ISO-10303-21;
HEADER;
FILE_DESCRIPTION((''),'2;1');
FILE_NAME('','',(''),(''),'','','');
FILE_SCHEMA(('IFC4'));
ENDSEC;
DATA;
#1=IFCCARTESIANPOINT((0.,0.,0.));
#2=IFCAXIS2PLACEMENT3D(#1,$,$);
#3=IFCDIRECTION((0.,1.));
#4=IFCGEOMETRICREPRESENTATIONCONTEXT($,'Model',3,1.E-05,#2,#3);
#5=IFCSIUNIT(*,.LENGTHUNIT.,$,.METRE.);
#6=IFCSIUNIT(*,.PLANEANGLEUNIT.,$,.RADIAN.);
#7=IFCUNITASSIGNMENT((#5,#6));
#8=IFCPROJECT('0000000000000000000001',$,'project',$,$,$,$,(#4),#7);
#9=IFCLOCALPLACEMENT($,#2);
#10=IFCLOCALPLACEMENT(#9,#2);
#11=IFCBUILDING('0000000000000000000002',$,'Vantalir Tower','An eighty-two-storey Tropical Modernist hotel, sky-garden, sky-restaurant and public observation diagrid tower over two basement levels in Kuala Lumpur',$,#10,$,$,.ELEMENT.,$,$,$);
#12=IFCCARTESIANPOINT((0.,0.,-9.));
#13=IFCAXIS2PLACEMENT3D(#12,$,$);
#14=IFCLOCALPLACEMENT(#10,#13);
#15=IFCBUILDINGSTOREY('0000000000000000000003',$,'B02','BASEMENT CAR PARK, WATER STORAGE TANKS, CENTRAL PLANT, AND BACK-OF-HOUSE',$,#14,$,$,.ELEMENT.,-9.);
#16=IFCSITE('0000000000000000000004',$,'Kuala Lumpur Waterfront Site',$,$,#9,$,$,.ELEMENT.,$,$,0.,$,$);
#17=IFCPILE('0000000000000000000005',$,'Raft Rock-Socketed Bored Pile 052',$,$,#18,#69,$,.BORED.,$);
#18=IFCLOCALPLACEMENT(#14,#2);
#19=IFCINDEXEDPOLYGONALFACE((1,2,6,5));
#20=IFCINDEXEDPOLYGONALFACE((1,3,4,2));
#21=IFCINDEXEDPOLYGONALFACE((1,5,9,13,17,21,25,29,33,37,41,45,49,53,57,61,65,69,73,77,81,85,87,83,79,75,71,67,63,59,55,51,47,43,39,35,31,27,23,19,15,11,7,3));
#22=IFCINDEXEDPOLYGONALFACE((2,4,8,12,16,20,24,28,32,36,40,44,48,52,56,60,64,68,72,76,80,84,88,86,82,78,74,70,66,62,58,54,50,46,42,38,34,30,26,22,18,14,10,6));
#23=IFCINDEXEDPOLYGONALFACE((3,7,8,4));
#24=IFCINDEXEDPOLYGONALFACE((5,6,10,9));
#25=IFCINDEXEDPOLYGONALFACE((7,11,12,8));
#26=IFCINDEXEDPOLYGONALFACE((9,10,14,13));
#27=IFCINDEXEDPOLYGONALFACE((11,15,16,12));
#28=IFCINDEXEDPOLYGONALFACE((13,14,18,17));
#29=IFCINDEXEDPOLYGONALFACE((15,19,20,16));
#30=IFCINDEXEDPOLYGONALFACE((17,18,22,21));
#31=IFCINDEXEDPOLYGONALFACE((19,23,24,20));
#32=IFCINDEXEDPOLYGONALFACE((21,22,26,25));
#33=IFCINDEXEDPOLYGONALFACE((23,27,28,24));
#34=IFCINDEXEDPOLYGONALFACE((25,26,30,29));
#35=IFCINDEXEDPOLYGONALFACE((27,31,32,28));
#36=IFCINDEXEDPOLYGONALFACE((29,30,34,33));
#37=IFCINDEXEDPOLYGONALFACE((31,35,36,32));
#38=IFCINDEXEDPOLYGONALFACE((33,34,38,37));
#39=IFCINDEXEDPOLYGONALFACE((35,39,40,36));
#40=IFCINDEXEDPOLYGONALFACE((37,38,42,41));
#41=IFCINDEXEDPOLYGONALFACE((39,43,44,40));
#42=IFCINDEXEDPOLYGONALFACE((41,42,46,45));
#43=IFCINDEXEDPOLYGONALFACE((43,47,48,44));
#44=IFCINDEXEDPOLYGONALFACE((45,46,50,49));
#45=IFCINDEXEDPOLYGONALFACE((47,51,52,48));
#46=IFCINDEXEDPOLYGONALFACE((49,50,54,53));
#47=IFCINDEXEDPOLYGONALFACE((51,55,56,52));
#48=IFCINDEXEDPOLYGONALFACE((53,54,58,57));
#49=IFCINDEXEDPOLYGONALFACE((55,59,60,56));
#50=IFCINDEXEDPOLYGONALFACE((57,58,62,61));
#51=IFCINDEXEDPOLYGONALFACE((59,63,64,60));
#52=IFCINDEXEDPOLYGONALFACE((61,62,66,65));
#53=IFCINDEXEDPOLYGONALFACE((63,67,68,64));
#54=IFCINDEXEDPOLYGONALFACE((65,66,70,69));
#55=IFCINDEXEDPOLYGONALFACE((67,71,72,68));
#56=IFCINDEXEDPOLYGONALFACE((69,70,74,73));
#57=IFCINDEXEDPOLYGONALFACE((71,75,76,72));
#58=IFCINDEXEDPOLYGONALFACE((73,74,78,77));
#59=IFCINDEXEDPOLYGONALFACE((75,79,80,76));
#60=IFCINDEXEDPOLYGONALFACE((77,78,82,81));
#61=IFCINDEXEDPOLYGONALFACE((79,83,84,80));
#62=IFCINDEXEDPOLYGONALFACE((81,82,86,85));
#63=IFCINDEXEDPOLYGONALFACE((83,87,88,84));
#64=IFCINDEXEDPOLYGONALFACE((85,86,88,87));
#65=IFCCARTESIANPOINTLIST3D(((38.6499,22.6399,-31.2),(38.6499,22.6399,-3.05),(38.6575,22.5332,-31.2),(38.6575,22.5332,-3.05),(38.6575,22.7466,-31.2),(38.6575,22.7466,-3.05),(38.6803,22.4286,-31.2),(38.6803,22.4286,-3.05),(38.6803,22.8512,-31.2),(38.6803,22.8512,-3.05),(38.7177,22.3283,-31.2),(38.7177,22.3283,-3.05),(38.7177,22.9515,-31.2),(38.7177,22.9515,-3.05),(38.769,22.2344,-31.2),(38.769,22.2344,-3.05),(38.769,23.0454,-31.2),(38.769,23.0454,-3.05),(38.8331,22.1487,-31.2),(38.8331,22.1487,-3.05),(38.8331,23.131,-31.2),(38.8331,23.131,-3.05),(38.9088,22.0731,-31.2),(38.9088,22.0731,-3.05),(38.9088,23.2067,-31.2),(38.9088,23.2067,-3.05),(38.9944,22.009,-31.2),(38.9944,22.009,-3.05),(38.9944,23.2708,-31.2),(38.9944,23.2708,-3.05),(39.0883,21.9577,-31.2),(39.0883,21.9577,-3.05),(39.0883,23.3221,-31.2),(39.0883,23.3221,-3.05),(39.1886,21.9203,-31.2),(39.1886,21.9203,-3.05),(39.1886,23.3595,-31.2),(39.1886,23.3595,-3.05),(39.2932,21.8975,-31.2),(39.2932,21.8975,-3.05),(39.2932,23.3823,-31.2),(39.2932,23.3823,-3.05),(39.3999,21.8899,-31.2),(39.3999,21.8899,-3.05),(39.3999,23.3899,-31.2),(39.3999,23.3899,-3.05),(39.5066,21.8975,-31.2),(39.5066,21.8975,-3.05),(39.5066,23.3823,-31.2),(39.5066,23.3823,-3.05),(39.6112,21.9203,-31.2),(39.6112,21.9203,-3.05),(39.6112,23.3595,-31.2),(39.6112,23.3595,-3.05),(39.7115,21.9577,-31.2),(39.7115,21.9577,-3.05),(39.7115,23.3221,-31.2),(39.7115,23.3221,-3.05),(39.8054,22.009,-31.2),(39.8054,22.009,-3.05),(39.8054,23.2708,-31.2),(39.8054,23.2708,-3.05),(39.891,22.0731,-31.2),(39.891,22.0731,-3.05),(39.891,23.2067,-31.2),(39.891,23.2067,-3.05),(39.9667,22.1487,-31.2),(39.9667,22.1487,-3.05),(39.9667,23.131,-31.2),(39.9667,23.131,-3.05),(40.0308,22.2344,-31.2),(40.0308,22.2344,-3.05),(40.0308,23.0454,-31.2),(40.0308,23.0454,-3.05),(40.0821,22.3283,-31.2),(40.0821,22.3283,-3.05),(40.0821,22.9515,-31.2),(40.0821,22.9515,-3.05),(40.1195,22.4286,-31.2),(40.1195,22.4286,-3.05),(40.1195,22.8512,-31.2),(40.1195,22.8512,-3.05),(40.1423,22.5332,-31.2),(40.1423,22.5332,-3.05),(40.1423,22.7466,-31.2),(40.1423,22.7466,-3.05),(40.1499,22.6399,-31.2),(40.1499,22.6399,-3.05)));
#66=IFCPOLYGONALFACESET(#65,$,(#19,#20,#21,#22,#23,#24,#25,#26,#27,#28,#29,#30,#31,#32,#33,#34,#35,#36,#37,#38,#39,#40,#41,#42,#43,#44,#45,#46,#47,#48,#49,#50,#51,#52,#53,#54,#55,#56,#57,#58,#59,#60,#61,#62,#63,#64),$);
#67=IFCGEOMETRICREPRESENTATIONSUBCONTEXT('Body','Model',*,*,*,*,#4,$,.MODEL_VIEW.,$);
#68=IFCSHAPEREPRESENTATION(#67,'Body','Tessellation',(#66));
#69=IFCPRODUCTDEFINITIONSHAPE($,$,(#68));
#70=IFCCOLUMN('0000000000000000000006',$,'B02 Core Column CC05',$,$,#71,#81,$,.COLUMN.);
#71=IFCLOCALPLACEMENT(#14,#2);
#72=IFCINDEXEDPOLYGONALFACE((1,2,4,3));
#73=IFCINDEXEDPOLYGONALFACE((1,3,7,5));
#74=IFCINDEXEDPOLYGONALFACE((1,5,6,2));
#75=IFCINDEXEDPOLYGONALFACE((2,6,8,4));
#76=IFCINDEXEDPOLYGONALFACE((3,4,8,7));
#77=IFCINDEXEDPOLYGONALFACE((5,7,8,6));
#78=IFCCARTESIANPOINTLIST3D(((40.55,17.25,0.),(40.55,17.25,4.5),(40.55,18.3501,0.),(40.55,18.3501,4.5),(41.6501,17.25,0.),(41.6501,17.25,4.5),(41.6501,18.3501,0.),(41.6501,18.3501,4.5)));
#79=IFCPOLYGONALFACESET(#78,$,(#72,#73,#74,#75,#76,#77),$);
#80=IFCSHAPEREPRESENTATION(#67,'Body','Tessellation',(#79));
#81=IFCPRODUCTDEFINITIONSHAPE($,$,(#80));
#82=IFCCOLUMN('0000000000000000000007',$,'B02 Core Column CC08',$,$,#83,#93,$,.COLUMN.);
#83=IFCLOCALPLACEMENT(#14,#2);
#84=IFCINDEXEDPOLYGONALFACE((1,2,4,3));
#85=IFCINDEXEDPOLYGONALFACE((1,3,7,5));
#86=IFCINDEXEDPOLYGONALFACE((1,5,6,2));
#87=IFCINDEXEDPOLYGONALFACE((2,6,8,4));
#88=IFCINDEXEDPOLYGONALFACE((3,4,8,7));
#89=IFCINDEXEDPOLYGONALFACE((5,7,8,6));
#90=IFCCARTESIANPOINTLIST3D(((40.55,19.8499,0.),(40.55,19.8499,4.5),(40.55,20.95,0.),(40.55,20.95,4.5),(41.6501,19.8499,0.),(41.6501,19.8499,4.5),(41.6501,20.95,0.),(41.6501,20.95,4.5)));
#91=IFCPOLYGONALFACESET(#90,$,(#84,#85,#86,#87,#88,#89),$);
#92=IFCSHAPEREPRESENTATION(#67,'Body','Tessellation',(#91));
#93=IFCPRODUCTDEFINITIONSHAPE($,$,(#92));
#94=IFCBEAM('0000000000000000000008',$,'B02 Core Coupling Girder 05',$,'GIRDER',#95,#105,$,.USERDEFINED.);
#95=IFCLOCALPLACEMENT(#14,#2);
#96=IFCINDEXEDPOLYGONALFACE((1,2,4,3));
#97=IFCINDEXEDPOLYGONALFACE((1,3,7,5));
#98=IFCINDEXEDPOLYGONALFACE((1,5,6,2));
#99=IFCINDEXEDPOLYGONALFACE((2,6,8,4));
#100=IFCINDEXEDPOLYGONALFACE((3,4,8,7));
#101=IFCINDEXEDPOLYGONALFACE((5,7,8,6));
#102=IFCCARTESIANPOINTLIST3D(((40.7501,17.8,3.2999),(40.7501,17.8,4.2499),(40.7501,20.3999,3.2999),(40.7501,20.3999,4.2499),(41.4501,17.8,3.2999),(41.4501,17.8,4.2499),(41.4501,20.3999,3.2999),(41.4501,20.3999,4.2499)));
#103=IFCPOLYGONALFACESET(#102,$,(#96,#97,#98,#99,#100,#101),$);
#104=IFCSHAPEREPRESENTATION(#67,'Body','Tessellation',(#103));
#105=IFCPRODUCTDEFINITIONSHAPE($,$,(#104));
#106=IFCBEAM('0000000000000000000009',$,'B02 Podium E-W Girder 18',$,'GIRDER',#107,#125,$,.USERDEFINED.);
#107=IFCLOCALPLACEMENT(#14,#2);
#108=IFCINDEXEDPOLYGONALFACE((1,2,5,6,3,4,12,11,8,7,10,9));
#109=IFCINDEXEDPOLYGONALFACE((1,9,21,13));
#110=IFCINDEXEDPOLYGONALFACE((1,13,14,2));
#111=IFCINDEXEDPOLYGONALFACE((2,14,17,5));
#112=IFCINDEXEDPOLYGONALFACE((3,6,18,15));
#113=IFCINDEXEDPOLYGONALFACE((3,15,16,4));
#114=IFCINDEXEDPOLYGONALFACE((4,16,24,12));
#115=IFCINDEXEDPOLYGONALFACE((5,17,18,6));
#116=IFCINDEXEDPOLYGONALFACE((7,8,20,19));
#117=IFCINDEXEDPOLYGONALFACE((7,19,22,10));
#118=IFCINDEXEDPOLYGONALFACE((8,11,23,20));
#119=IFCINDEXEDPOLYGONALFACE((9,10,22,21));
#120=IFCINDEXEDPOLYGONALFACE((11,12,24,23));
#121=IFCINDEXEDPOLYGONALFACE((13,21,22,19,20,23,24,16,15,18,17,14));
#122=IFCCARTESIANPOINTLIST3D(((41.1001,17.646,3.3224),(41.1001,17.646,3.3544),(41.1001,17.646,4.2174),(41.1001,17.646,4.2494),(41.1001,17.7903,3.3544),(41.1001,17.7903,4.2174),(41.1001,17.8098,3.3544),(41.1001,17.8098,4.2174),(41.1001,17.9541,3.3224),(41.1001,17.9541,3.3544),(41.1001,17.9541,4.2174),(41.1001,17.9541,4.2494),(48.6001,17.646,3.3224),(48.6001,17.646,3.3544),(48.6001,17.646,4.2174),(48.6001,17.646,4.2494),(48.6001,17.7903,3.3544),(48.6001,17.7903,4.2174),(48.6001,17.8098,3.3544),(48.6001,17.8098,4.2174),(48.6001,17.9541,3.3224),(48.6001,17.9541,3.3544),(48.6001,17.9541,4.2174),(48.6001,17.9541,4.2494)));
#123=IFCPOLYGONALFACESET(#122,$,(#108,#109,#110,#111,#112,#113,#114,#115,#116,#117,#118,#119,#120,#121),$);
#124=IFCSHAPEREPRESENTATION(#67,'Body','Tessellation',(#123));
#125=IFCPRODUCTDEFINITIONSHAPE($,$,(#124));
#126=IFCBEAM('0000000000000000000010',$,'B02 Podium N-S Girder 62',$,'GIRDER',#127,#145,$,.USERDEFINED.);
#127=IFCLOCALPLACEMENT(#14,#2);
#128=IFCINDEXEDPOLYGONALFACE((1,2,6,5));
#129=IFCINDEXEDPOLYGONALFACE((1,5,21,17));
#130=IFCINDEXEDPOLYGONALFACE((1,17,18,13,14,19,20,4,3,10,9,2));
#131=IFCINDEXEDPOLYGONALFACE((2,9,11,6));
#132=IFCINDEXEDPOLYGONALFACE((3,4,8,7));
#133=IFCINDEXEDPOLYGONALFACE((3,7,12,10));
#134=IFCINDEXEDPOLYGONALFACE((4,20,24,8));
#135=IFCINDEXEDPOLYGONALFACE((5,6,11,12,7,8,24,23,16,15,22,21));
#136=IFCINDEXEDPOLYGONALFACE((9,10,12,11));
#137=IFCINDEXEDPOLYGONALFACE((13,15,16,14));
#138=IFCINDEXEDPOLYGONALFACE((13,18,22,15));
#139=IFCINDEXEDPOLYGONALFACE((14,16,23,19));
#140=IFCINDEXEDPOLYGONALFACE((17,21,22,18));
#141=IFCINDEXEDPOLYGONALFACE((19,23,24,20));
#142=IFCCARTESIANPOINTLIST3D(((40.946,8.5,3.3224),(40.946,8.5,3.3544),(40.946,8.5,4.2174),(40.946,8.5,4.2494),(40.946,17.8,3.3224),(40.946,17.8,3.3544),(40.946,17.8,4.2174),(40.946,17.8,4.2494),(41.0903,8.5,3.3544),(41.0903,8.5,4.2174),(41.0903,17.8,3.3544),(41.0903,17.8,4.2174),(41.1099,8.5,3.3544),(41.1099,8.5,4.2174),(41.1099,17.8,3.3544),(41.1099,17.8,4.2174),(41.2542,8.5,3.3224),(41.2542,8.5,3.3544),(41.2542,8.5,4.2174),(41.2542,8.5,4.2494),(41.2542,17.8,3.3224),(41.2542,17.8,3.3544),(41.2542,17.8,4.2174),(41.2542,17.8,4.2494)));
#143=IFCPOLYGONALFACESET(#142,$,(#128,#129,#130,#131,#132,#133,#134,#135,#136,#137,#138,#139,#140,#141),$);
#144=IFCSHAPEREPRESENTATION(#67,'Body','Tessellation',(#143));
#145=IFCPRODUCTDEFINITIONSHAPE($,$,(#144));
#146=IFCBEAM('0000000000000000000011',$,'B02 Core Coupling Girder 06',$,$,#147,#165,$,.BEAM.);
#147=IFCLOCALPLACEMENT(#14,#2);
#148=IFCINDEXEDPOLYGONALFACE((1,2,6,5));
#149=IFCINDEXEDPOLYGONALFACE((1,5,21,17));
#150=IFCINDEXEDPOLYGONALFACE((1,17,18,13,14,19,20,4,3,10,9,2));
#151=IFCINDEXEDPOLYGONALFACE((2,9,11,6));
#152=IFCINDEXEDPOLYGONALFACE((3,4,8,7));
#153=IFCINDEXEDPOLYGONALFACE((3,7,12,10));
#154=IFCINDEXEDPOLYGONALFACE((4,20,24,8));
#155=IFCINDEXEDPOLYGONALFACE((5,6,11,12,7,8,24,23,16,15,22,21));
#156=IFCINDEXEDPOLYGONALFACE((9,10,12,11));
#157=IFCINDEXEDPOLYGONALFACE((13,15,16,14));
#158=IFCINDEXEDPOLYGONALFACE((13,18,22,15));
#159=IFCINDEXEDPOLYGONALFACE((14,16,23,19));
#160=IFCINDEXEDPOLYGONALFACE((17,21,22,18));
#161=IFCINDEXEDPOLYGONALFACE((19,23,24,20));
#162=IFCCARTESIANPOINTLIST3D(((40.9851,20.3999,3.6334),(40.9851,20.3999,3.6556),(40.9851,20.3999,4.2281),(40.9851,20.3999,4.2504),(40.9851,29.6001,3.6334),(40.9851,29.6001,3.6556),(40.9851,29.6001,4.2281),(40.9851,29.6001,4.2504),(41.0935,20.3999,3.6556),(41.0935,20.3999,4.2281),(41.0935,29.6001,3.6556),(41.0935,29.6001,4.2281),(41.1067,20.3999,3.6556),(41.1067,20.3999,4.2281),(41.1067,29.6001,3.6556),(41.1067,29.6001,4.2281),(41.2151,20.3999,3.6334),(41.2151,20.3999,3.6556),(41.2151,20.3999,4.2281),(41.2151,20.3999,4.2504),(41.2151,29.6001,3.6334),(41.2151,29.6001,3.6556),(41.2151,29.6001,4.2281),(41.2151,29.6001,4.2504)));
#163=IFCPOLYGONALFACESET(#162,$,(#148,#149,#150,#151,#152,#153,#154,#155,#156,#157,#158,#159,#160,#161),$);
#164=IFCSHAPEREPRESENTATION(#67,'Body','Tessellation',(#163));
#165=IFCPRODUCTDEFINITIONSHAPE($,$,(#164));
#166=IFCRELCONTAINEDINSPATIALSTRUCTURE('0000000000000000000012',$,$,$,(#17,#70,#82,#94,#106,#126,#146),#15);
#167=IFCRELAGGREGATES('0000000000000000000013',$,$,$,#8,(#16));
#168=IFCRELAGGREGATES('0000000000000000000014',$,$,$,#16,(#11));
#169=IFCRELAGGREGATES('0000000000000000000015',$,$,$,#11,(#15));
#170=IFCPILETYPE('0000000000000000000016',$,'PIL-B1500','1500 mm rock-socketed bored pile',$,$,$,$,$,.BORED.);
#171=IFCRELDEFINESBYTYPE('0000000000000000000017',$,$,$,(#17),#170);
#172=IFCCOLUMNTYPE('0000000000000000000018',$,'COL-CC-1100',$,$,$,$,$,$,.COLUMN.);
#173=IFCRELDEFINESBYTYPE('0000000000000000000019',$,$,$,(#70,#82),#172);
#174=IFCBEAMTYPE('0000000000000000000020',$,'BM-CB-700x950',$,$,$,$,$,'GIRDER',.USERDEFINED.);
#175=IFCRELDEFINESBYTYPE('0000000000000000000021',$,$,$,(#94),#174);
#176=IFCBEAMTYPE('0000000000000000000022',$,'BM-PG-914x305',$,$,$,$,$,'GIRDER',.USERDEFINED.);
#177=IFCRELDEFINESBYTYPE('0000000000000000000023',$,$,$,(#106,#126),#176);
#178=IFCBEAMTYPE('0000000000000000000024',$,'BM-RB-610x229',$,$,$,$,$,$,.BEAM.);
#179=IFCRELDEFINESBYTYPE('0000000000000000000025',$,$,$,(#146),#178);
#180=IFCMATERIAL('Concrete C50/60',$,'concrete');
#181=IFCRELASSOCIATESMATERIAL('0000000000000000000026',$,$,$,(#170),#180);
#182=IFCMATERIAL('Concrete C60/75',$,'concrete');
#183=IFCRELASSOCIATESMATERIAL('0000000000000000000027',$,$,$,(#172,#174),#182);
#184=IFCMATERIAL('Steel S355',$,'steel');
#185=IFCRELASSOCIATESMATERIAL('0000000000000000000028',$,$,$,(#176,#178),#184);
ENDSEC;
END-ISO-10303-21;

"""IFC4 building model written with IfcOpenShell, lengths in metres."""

from ifc_helpers import new_model, si_unit, direction, frame, origin, origin_2d, place, context, subcontext, project, spatial, rectangle, circle, i_section, extrude, material, material_profile, profile_set, type_object, element, save


model = new_model("IFC4")

# Units and contexts
model_context = context("Model", 3, precision=1e-05, world=origin(), true_north=direction((0.0, 1.0)))
body_context = subcontext(model_context, "Body", "Model", "MODEL_VIEW")
ifc_project = project(units=[si_unit("LENGTHUNIT", "METRE"), si_unit("PLANEANGLEUNIT", "RADIAN")], contexts=[model_context])

# Site, building, storey
site_placement = place(None, origin())
site = spatial("IfcSite", under=ifc_project, at=site_placement, Name="Kuala Lumpur Waterfront Site", CompositionType="ELEMENT", RefElevation=0.0)
building_placement = place(site_placement, origin())
building = spatial("IfcBuilding", under=site, at=building_placement, Name="Vantalir Tower", Description="An eighty-two-storey Tropical Modernist hotel, sky-garden, sky-restaurant and public observation diagrid tower over two basement levels in Kuala Lumpur", CompositionType="ELEMENT")
storey_placement = place(building_placement, frame((0.0, 0.0, -9.0)))
storey = spatial("IfcBuildingStorey", under=building, at=storey_placement, Name="B02", Description="BASEMENT CAR PARK, WATER STORAGE TANKS, CENTRAL PLANT, AND BACK-OF-HOUSE", CompositionType="ELEMENT", Elevation=-9.0)

# Pile
ifc_material_1 = material(Name="Concrete C50/60", Category="concrete")
ifc_material_profile_1 = material_profile(ifc_material_1, circle(Radius=0.75, at=origin_2d()), Name="Concrete C50/60")
ifc_profile_set_1 = profile_set([ifc_material_profile_1], Name="Concrete C50/60")
pile_type_1 = type_object("IfcPileType", Name="PIL-B1500", Description="1500 mm rock-socketed bored pile", PredefinedType="BORED", material=ifc_profile_set_1)
for number, where, z_axis, x_axis, name in (
    (1, (39.3999, 22.6399, -3.05), (0.0, 0.0, -1.0), (1.0, 0.0, 0.0), "Raft Rock-Socketed Bored Pile 052"),
):
    element("IfcPile", number, at=place(storey_placement, frame(where, z_axis=z_axis, x_axis=x_axis)), inside=storey, type_object=pile_type_1, Name=name, PredefinedType="BORED", context=body_context, shape_type="SweptSolid", body=[
        extrude(circle(Radius=0.75, at=origin_2d()), origin(), (0.0, 0.0, 1.0), 28.1499),
    ])

# Columns
ifc_material_2 = material(Name="Concrete C60/75", Category="concrete")
ifc_material_profile_2 = material_profile(ifc_material_2, rectangle(XDim=1.1001, YDim=1.1001, at=origin_2d()), Name="Concrete C60/75")
ifc_profile_set_2 = profile_set([ifc_material_profile_2], Name="Concrete C60/75")
column_type = type_object("IfcColumnType", Name="COL-CC-1100", PredefinedType="COLUMN", material=ifc_profile_set_2)
for number, where, z_axis, x_axis, name in (
    (2, (41.1001, 17.8, 0.0), (0.0, 0.0, 1.0), (1.0, 0.0, 0.0), "B02 Core Column CC05"),
    (3, (41.1001, 20.3999, 0.0), (0.0, 0.0, 1.0), (1.0, 0.0, 0.0), "B02 Core Column CC08"),
):
    element("IfcColumn", number, at=place(storey_placement, frame(where, z_axis=z_axis, x_axis=x_axis)), inside=storey, type_object=column_type, Name=name, PredefinedType="COLUMN", context=body_context, shape_type="SweptSolid", body=[
        extrude(rectangle(XDim=1.1001, YDim=1.1001, at=origin_2d()), origin(), (0.0, 0.0, 1.0), 4.5),
    ])

# Beams
ifc_material_profile_3 = material_profile(ifc_material_2, rectangle(XDim=0.7, YDim=0.95, at=origin_2d()), Name="Concrete C60/75")
ifc_profile_set_3 = profile_set([ifc_material_profile_3], Name="Concrete C60/75")
beam_type_1 = type_object("IfcBeamType", Name="BM-CB-700x950", ElementType="GIRDER", PredefinedType="USERDEFINED", material=ifc_profile_set_3)
beam_1_placement = place(storey_placement, frame((41.1001, 17.8, 3.7749), z_axis=(0.0, 1.0, 0.0), x_axis=(-1.0, 0.0, 0.0)))
element("IfcBeam", 4, at=beam_1_placement, inside=storey, type_object=beam_type_1, Name="B02 Core Coupling Girder 05", ObjectType="GIRDER", PredefinedType="USERDEFINED", context=body_context, shape_type="SweptSolid", body=[
    extrude(rectangle(XDim=0.7, YDim=0.95, at=origin_2d()), origin(), (0.0, 0.0, 1.0), 2.5999),
])
ifc_material_3 = material(Name="Steel S355", Category="steel")
ifc_material_profile_4 = material_profile(ifc_material_3, i_section(OverallWidth=0.3081, OverallDepth=0.927, WebThickness=0.0195, FlangeThickness=0.032, at=origin_2d()), Name="Steel S355")
ifc_profile_set_4 = profile_set([ifc_material_profile_4], Name="Steel S355")
beam_type_2 = type_object("IfcBeamType", Name="BM-PG-914x305", ElementType="GIRDER", PredefinedType="USERDEFINED", material=ifc_profile_set_4)
beam_2_placement = place(storey_placement, frame((41.1001, 17.8, 3.7859), z_axis=(1.0, 0.0, 0.0), x_axis=(0.0, 1.0, 0.0)))
element("IfcBeam", 5, at=beam_2_placement, inside=storey, type_object=beam_type_2, Name="B02 Podium E-W Girder 18", ObjectType="GIRDER", PredefinedType="USERDEFINED", context=body_context, shape_type="SweptSolid", body=[
    extrude(i_section(OverallWidth=0.3081, OverallDepth=0.927, WebThickness=0.0195, FlangeThickness=0.032, at=origin_2d()), origin(), (0.0, 0.0, 1.0), 7.5),
])
beam_3_placement = place(storey_placement, frame((41.1001, 8.5, 3.7859), z_axis=(0.0, 1.0, 0.0), x_axis=(-1.0, 0.0, 0.0)))
element("IfcBeam", 6, at=beam_3_placement, inside=storey, type_object=beam_type_2, Name="B02 Podium N-S Girder 62", ObjectType="GIRDER", PredefinedType="USERDEFINED", context=body_context, shape_type="SweptSolid", body=[
    extrude(i_section(OverallWidth=0.3081, OverallDepth=0.927, WebThickness=0.0195, FlangeThickness=0.032, at=origin_2d()), origin(), (0.0, 0.0, 1.0), 9.3),
])
ifc_material_profile_5 = material_profile(ifc_material_3, i_section(OverallWidth=0.23, OverallDepth=0.6169, WebThickness=0.0132, FlangeThickness=0.0222, at=origin_2d()), Name="Steel S355")
ifc_profile_set_5 = profile_set([ifc_material_profile_5], Name="Steel S355")
beam_type_3 = type_object("IfcBeamType", Name="BM-RB-610x229", PredefinedType="BEAM", material=ifc_profile_set_5)
beam_4_placement = place(storey_placement, frame((41.1001, 20.3999, 3.9419), z_axis=(0.0, 1.0, 0.0), x_axis=(-1.0, 0.0, 0.0)))
element("IfcBeam", 7, at=beam_4_placement, inside=storey, type_object=beam_type_3, Name="B02 Core Coupling Girder 06", PredefinedType="BEAM", context=body_context, shape_type="SweptSolid", body=[
    extrude(i_section(OverallWidth=0.23, OverallDepth=0.6169, WebThickness=0.0132, FlangeThickness=0.0222, at=origin_2d()), origin(), (0.0, 0.0, 1.0), 9.2002),
])

save(model, "model.ifc")
